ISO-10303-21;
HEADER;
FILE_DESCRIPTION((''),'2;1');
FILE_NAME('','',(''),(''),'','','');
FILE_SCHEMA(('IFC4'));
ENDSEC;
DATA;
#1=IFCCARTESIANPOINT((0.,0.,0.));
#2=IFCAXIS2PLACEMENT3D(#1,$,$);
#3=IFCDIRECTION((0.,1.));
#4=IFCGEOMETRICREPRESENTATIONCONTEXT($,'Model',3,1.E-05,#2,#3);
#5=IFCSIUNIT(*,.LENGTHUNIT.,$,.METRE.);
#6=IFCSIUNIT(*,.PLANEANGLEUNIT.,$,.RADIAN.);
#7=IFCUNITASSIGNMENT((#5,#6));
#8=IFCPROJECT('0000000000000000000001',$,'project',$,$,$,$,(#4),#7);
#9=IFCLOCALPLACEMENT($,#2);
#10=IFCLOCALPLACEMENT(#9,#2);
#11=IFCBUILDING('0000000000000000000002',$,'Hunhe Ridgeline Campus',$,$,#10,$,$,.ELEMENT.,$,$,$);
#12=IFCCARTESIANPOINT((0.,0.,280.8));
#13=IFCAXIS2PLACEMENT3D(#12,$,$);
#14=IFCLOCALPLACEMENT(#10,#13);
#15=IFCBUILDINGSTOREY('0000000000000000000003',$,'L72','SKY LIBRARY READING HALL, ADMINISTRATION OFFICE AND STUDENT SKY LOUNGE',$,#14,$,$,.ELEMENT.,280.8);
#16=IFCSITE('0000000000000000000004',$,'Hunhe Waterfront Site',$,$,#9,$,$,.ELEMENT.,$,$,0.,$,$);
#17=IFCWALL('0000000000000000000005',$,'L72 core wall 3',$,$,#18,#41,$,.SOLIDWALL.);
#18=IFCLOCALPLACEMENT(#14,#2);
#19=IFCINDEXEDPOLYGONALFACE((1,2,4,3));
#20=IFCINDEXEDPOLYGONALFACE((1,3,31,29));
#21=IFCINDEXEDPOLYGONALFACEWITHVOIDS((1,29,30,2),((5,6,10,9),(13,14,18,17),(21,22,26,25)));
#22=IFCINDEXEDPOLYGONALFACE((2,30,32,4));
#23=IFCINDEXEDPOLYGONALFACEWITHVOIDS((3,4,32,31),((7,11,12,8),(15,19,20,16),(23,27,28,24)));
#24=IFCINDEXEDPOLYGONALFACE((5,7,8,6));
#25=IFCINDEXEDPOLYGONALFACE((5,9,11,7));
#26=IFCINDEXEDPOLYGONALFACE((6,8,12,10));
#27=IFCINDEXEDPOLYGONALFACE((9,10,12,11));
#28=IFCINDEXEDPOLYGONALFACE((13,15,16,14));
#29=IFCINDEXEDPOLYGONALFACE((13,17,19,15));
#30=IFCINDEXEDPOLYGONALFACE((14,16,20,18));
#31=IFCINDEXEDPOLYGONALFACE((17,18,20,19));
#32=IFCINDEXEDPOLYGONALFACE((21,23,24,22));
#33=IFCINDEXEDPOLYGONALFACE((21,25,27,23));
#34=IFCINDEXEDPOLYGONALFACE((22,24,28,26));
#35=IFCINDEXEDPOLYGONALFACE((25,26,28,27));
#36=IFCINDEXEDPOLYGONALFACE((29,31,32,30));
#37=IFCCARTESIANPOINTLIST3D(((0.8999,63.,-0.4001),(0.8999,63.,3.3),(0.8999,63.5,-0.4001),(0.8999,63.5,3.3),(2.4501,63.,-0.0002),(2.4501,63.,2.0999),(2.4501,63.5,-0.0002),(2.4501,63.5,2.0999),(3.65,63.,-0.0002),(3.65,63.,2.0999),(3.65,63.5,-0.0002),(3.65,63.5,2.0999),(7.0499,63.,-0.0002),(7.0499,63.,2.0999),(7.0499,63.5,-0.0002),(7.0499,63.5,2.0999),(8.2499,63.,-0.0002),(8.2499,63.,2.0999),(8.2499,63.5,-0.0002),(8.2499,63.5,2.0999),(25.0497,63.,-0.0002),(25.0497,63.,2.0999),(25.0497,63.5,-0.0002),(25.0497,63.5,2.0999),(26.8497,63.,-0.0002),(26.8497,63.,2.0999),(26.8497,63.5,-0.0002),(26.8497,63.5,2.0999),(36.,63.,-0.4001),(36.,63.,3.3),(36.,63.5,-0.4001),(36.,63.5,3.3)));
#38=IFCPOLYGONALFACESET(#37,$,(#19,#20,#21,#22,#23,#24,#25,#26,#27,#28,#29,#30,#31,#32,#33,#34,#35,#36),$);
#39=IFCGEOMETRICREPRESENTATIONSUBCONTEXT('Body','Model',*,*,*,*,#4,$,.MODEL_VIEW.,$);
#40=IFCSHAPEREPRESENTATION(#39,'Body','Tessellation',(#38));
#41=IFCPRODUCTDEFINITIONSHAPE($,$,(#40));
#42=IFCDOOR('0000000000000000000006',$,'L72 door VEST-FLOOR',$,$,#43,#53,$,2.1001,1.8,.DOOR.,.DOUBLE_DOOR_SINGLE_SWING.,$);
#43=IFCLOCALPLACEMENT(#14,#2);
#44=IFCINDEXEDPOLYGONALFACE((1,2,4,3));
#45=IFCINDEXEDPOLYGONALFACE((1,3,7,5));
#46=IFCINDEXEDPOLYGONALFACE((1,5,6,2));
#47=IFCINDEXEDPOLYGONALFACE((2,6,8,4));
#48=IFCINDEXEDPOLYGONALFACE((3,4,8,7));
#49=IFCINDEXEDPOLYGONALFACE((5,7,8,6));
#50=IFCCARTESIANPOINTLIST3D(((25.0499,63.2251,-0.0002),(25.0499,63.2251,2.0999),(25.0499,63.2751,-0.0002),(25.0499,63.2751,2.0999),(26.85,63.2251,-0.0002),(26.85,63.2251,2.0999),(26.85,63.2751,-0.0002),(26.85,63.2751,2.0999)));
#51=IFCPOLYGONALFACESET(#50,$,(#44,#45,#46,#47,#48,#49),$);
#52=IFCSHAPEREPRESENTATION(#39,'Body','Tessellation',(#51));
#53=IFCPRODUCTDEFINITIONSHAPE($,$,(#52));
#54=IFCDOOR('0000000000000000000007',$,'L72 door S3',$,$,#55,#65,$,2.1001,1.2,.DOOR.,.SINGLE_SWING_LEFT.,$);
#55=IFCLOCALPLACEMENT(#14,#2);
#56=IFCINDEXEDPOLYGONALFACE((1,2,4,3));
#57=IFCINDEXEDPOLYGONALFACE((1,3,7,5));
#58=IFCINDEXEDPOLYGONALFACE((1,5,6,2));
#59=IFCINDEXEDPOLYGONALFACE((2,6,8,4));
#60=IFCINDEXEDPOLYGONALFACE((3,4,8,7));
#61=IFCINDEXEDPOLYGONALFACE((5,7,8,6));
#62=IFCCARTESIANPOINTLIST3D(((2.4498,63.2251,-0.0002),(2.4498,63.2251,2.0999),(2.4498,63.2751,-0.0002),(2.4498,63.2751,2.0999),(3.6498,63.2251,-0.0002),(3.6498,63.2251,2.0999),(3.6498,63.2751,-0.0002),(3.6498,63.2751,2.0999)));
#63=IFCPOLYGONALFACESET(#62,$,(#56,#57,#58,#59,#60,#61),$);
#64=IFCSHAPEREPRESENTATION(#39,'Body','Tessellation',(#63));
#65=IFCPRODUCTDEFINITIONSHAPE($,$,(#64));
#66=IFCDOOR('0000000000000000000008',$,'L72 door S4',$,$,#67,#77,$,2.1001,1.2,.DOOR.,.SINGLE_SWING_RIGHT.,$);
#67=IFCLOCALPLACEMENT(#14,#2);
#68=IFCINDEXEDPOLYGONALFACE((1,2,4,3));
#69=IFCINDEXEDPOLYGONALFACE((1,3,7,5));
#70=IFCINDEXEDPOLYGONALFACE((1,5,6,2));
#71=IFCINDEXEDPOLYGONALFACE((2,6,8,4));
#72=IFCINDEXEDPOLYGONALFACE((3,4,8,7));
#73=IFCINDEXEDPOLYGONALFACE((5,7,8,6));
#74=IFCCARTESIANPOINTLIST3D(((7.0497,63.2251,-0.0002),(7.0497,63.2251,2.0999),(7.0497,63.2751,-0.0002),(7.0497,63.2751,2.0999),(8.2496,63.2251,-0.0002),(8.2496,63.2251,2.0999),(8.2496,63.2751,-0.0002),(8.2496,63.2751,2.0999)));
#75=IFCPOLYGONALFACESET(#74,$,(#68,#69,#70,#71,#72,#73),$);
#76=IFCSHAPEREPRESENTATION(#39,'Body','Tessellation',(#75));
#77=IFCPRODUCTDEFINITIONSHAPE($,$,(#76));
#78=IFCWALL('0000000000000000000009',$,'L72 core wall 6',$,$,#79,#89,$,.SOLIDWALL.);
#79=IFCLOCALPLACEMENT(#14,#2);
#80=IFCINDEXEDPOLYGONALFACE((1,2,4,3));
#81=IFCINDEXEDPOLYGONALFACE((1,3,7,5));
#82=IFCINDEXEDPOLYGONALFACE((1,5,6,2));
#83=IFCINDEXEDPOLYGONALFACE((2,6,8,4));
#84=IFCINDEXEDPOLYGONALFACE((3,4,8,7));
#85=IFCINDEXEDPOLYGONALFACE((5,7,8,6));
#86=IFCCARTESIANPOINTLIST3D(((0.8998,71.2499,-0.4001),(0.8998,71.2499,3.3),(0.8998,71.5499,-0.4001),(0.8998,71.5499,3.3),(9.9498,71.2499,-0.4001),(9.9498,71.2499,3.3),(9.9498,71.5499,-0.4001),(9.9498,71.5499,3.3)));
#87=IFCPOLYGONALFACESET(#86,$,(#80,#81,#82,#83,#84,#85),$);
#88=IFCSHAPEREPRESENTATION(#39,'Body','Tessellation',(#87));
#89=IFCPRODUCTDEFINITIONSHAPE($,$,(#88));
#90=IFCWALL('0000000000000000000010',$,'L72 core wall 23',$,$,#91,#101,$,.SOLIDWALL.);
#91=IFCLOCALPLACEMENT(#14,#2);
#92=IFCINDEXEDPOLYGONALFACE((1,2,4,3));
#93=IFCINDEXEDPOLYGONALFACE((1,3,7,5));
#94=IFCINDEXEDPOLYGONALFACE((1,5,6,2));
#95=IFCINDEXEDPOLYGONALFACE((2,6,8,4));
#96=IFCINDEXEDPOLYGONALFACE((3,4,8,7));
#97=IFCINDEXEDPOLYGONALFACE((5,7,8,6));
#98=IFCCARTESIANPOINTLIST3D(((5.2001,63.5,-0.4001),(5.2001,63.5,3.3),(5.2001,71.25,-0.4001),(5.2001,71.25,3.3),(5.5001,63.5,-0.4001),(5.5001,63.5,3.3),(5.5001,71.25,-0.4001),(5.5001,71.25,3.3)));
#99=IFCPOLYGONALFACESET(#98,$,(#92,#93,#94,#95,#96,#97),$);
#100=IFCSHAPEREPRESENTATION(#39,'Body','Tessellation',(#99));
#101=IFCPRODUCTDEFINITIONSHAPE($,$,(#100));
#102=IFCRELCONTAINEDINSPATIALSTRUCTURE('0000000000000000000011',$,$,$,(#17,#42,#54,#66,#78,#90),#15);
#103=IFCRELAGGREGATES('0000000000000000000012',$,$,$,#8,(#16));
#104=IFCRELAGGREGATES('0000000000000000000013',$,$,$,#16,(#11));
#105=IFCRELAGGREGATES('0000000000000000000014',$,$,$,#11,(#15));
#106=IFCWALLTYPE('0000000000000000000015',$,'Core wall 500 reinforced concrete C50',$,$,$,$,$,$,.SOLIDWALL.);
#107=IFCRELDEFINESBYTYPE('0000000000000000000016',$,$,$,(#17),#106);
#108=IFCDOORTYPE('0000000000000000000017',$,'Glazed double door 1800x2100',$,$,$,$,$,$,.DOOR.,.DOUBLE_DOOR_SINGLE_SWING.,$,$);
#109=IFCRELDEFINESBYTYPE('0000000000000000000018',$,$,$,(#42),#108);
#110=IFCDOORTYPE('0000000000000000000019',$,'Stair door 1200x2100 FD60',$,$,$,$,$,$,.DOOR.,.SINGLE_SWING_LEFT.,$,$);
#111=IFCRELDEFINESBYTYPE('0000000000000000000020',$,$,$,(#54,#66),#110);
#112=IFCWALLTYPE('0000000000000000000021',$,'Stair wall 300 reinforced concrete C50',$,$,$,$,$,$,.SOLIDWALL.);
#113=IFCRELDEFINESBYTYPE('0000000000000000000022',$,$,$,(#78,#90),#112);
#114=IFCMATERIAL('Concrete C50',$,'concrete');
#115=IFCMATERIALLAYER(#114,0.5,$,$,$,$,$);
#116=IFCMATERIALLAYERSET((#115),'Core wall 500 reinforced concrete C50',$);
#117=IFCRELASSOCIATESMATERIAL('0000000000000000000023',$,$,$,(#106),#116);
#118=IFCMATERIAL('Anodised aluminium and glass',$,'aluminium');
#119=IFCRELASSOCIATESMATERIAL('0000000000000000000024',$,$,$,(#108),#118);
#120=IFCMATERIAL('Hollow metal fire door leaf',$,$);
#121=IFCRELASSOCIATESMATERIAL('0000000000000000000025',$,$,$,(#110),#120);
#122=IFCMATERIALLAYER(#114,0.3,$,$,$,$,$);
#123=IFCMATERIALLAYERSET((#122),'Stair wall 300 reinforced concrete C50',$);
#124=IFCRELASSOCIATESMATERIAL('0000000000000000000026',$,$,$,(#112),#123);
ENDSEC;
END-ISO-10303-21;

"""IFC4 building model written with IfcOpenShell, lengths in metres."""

from ifc_helpers import new_model, si_unit, direction, frame, frame_2d, origin, place, context, subcontext, project, spatial, rectangle, extrude, material, layer, layer_set, type_object, element, fill, save


model = new_model("IFC4")

# Units and contexts
model_context = context("Model", 3, precision=1e-05, world=origin(), true_north=direction((0.0, 1.0)))
body_context = subcontext(model_context, "Body", "Model", "MODEL_VIEW")
ifc_project = project(units=[si_unit("LENGTHUNIT", "METRE"), si_unit("PLANEANGLEUNIT", "RADIAN")], contexts=[model_context])

# Site, building, storey
site_placement = place(None, origin())
site = spatial("IfcSite", under=ifc_project, at=site_placement, Name="Hunhe Waterfront Site", CompositionType="ELEMENT", RefElevation=0.0)
building_placement = place(site_placement, origin())
building = spatial("IfcBuilding", under=site, at=building_placement, Name="Hunhe Ridgeline Campus", CompositionType="ELEMENT")
storey_placement = place(building_placement, frame((0.0, 0.0, 280.8)))
storey = spatial("IfcBuildingStorey", under=building, at=storey_placement, Name="L72", Description="SKY LIBRARY READING HALL, ADMINISTRATION OFFICE AND STUDENT SKY LOUNGE", CompositionType="ELEMENT", Elevation=280.8)

# Wall, openings, doors
ifc_material_1 = material(Name="Concrete C50", Category="concrete")
ifc_layer_1 = layer(ifc_material_1, 0.5)
ifc_layer_set_1 = layer_set([ifc_layer_1], Name="Core wall 500 reinforced concrete C50")
wall_type_1 = type_object("IfcWallType", Name="Core wall 500 reinforced concrete C50", PredefinedType="SOLIDWALL", material=ifc_layer_set_1)
wall_1_placement = place(storey_placement, frame((0.8999, 63.25, -0.4001), z_axis=(0.0, 0.0, 1.0), x_axis=(1.0, 0.0, 0.0)))
wall_1 = element("IfcWall", 1, at=wall_1_placement, inside=storey, type_object=wall_type_1, Name="L72 core wall 3", PredefinedType="SOLIDWALL", context=body_context, shape_type="SweptSolid", body=[
    extrude(rectangle(XDim=35.1001, YDim=0.5, at=frame_2d((17.55, 0.0))), origin(), (0.0, 0.0, 1.0), 3.7002),
])
opening_1_placement = place(wall_1_placement, frame((24.1499, 0.0, 0.3999)))
opening_1 = element("IfcOpeningElement", 2, at=opening_1_placement, cuts=wall_1, PredefinedType="OPENING", context=body_context, shape_type="SweptSolid", body=[
    extrude(rectangle(XDim=1.8, YDim=2.1001, at=frame_2d((0.8999, 1.05))), frame((0.0, 0.25, 0.0), z_axis=(0.0, -1.0, 0.0), x_axis=(1.0, 0.0, 0.0)), (0.0, 0.0, 1.0), 0.5),
])
opening_2_placement = place(wall_1_placement, frame((1.55, 0.0, 0.3999)))
opening_2 = element("IfcOpeningElement", 3, at=opening_2_placement, cuts=wall_1, PredefinedType="OPENING", context=body_context, shape_type="SweptSolid", body=[
    extrude(rectangle(XDim=1.2, YDim=2.1001, at=frame_2d((0.6001, 1.05))), frame((0.0, 0.25, 0.0), z_axis=(0.0, -1.0, 0.0), x_axis=(1.0, 0.0, 0.0)), (0.0, 0.0, 1.0), 0.5),
])
opening_3_placement = place(wall_1_placement, frame((6.1499, 0.0, 0.3999)))
opening_3 = element("IfcOpeningElement", 4, at=opening_3_placement, cuts=wall_1, PredefinedType="OPENING", context=body_context, shape_type="SweptSolid", body=[
    extrude(rectangle(XDim=1.2, YDim=2.1001, at=frame_2d((0.6001, 1.05))), frame((0.0, 0.25, 0.0), z_axis=(0.0, -1.0, 0.0), x_axis=(1.0, 0.0, 0.0)), (0.0, 0.0, 1.0), 0.5),
])
ifc_material_2 = material(Name="Anodised aluminium and glass", Category="aluminium")
door_type_1 = type_object("IfcDoorType", Name="Glazed double door 1800x2100", OperationType="DOUBLE_DOOR_SINGLE_SWING", PredefinedType="DOOR", material=ifc_material_2)
door_1_placement = place(opening_1_placement, frame((1.8, 0.0, 0.0), z_axis=(0.0, 0.0, 1.0), x_axis=(-1.0, 0.0, 0.0)))
door_1 = element("IfcDoor", 5, at=door_1_placement, inside=storey, type_object=door_type_1, Name="L72 door VEST-FLOOR", OperationType="DOUBLE_DOOR_SINGLE_SWING", OverallHeight=2.1001, OverallWidth=1.8, PredefinedType="DOOR", context=body_context, shape_type="SweptSolid", body=[
    extrude(rectangle(XDim=1.8, YDim=2.1001, at=frame_2d((0.8999, 1.05))), frame((0.0, 0.0249, 0.0), z_axis=(0.0, -1.0, 0.0), x_axis=(1.0, 0.0, 0.0)), (0.0, 0.0, 1.0), 0.05),
])
fill(opening_1, door_1)
ifc_material_3 = material(Name="Hollow metal fire door leaf")
door_type_2 = type_object("IfcDoorType", Name="Stair door 1200x2100 FD60", OperationType="SINGLE_SWING_LEFT", PredefinedType="DOOR", material=ifc_material_3)
door_2_placement = place(opening_2_placement, frame((1.2, 0.0, 0.0), z_axis=(0.0, 0.0, 1.0), x_axis=(-1.0, 0.0, 0.0)))
door_2 = element("IfcDoor", 6, at=door_2_placement, inside=storey, type_object=door_type_2, Name="L72 door S3", OperationType="SINGLE_SWING_LEFT", OverallHeight=2.1001, OverallWidth=1.2, PredefinedType="DOOR", context=body_context, shape_type="SweptSolid", body=[
    extrude(rectangle(XDim=1.2, YDim=2.1001, at=frame_2d((0.6001, 1.05))), frame((0.0, 0.0249, 0.0), z_axis=(0.0, -1.0, 0.0), x_axis=(1.0, 0.0, 0.0)), (0.0, 0.0, 1.0), 0.05),
])
fill(opening_2, door_2)
door_3_placement = place(opening_3_placement, frame((1.2, 0.0, 0.0), z_axis=(0.0, 0.0, 1.0), x_axis=(-1.0, 0.0, 0.0)))
door_3 = element("IfcDoor", 7, at=door_3_placement, inside=storey, type_object=door_type_2, Name="L72 door S4", OperationType="SINGLE_SWING_RIGHT", OverallHeight=2.1001, OverallWidth=1.2, PredefinedType="DOOR", context=body_context, shape_type="SweptSolid", body=[
    extrude(rectangle(XDim=1.2, YDim=2.1001, at=frame_2d((0.6001, 1.05))), frame((0.0, 0.0249, 0.0), z_axis=(0.0, -1.0, 0.0), x_axis=(1.0, 0.0, 0.0)), (0.0, 0.0, 1.0), 0.05),
])
fill(opening_3, door_3)

# Shared definitions
ifc_layer_2 = layer(ifc_material_1, 0.3)
ifc_layer_set_2 = layer_set([ifc_layer_2], Name="Stair wall 300 reinforced concrete C50")
wall_type_2 = type_object("IfcWallType", Name="Stair wall 300 reinforced concrete C50", PredefinedType="SOLIDWALL", material=ifc_layer_set_2)

# Walls
wall_2_placement = place(storey_placement, frame((0.8999, 71.3999, -0.4001), z_axis=(0.0, 0.0, 1.0), x_axis=(1.0, 0.0, 0.0)))
element("IfcWall", 8, at=wall_2_placement, inside=storey, type_object=wall_type_2, Name="L72 core wall 6", PredefinedType="SOLIDWALL", context=body_context, shape_type="SweptSolid", body=[
    extrude(rectangle(XDim=9.05, YDim=0.3, at=frame_2d((4.5249, 0.0))), origin(), (0.0, 0.0, 1.0), 3.7002),
])
wall_3_placement = place(storey_placement, frame((5.3501, 63.5, -0.4001), z_axis=(0.0, 0.0, 1.0), x_axis=(0.0, 1.0, 0.0)))
element("IfcWall", 9, at=wall_3_placement, inside=storey, type_object=wall_type_2, Name="L72 core wall 23", PredefinedType="SOLIDWALL", context=body_context, shape_type="SweptSolid", body=[
    extrude(rectangle(XDim=7.75, YDim=0.3, at=frame_2d((3.875, 0.0))), origin(), (0.0, 0.0, 1.0), 3.7002),
])

save(model, "model.ifc")
